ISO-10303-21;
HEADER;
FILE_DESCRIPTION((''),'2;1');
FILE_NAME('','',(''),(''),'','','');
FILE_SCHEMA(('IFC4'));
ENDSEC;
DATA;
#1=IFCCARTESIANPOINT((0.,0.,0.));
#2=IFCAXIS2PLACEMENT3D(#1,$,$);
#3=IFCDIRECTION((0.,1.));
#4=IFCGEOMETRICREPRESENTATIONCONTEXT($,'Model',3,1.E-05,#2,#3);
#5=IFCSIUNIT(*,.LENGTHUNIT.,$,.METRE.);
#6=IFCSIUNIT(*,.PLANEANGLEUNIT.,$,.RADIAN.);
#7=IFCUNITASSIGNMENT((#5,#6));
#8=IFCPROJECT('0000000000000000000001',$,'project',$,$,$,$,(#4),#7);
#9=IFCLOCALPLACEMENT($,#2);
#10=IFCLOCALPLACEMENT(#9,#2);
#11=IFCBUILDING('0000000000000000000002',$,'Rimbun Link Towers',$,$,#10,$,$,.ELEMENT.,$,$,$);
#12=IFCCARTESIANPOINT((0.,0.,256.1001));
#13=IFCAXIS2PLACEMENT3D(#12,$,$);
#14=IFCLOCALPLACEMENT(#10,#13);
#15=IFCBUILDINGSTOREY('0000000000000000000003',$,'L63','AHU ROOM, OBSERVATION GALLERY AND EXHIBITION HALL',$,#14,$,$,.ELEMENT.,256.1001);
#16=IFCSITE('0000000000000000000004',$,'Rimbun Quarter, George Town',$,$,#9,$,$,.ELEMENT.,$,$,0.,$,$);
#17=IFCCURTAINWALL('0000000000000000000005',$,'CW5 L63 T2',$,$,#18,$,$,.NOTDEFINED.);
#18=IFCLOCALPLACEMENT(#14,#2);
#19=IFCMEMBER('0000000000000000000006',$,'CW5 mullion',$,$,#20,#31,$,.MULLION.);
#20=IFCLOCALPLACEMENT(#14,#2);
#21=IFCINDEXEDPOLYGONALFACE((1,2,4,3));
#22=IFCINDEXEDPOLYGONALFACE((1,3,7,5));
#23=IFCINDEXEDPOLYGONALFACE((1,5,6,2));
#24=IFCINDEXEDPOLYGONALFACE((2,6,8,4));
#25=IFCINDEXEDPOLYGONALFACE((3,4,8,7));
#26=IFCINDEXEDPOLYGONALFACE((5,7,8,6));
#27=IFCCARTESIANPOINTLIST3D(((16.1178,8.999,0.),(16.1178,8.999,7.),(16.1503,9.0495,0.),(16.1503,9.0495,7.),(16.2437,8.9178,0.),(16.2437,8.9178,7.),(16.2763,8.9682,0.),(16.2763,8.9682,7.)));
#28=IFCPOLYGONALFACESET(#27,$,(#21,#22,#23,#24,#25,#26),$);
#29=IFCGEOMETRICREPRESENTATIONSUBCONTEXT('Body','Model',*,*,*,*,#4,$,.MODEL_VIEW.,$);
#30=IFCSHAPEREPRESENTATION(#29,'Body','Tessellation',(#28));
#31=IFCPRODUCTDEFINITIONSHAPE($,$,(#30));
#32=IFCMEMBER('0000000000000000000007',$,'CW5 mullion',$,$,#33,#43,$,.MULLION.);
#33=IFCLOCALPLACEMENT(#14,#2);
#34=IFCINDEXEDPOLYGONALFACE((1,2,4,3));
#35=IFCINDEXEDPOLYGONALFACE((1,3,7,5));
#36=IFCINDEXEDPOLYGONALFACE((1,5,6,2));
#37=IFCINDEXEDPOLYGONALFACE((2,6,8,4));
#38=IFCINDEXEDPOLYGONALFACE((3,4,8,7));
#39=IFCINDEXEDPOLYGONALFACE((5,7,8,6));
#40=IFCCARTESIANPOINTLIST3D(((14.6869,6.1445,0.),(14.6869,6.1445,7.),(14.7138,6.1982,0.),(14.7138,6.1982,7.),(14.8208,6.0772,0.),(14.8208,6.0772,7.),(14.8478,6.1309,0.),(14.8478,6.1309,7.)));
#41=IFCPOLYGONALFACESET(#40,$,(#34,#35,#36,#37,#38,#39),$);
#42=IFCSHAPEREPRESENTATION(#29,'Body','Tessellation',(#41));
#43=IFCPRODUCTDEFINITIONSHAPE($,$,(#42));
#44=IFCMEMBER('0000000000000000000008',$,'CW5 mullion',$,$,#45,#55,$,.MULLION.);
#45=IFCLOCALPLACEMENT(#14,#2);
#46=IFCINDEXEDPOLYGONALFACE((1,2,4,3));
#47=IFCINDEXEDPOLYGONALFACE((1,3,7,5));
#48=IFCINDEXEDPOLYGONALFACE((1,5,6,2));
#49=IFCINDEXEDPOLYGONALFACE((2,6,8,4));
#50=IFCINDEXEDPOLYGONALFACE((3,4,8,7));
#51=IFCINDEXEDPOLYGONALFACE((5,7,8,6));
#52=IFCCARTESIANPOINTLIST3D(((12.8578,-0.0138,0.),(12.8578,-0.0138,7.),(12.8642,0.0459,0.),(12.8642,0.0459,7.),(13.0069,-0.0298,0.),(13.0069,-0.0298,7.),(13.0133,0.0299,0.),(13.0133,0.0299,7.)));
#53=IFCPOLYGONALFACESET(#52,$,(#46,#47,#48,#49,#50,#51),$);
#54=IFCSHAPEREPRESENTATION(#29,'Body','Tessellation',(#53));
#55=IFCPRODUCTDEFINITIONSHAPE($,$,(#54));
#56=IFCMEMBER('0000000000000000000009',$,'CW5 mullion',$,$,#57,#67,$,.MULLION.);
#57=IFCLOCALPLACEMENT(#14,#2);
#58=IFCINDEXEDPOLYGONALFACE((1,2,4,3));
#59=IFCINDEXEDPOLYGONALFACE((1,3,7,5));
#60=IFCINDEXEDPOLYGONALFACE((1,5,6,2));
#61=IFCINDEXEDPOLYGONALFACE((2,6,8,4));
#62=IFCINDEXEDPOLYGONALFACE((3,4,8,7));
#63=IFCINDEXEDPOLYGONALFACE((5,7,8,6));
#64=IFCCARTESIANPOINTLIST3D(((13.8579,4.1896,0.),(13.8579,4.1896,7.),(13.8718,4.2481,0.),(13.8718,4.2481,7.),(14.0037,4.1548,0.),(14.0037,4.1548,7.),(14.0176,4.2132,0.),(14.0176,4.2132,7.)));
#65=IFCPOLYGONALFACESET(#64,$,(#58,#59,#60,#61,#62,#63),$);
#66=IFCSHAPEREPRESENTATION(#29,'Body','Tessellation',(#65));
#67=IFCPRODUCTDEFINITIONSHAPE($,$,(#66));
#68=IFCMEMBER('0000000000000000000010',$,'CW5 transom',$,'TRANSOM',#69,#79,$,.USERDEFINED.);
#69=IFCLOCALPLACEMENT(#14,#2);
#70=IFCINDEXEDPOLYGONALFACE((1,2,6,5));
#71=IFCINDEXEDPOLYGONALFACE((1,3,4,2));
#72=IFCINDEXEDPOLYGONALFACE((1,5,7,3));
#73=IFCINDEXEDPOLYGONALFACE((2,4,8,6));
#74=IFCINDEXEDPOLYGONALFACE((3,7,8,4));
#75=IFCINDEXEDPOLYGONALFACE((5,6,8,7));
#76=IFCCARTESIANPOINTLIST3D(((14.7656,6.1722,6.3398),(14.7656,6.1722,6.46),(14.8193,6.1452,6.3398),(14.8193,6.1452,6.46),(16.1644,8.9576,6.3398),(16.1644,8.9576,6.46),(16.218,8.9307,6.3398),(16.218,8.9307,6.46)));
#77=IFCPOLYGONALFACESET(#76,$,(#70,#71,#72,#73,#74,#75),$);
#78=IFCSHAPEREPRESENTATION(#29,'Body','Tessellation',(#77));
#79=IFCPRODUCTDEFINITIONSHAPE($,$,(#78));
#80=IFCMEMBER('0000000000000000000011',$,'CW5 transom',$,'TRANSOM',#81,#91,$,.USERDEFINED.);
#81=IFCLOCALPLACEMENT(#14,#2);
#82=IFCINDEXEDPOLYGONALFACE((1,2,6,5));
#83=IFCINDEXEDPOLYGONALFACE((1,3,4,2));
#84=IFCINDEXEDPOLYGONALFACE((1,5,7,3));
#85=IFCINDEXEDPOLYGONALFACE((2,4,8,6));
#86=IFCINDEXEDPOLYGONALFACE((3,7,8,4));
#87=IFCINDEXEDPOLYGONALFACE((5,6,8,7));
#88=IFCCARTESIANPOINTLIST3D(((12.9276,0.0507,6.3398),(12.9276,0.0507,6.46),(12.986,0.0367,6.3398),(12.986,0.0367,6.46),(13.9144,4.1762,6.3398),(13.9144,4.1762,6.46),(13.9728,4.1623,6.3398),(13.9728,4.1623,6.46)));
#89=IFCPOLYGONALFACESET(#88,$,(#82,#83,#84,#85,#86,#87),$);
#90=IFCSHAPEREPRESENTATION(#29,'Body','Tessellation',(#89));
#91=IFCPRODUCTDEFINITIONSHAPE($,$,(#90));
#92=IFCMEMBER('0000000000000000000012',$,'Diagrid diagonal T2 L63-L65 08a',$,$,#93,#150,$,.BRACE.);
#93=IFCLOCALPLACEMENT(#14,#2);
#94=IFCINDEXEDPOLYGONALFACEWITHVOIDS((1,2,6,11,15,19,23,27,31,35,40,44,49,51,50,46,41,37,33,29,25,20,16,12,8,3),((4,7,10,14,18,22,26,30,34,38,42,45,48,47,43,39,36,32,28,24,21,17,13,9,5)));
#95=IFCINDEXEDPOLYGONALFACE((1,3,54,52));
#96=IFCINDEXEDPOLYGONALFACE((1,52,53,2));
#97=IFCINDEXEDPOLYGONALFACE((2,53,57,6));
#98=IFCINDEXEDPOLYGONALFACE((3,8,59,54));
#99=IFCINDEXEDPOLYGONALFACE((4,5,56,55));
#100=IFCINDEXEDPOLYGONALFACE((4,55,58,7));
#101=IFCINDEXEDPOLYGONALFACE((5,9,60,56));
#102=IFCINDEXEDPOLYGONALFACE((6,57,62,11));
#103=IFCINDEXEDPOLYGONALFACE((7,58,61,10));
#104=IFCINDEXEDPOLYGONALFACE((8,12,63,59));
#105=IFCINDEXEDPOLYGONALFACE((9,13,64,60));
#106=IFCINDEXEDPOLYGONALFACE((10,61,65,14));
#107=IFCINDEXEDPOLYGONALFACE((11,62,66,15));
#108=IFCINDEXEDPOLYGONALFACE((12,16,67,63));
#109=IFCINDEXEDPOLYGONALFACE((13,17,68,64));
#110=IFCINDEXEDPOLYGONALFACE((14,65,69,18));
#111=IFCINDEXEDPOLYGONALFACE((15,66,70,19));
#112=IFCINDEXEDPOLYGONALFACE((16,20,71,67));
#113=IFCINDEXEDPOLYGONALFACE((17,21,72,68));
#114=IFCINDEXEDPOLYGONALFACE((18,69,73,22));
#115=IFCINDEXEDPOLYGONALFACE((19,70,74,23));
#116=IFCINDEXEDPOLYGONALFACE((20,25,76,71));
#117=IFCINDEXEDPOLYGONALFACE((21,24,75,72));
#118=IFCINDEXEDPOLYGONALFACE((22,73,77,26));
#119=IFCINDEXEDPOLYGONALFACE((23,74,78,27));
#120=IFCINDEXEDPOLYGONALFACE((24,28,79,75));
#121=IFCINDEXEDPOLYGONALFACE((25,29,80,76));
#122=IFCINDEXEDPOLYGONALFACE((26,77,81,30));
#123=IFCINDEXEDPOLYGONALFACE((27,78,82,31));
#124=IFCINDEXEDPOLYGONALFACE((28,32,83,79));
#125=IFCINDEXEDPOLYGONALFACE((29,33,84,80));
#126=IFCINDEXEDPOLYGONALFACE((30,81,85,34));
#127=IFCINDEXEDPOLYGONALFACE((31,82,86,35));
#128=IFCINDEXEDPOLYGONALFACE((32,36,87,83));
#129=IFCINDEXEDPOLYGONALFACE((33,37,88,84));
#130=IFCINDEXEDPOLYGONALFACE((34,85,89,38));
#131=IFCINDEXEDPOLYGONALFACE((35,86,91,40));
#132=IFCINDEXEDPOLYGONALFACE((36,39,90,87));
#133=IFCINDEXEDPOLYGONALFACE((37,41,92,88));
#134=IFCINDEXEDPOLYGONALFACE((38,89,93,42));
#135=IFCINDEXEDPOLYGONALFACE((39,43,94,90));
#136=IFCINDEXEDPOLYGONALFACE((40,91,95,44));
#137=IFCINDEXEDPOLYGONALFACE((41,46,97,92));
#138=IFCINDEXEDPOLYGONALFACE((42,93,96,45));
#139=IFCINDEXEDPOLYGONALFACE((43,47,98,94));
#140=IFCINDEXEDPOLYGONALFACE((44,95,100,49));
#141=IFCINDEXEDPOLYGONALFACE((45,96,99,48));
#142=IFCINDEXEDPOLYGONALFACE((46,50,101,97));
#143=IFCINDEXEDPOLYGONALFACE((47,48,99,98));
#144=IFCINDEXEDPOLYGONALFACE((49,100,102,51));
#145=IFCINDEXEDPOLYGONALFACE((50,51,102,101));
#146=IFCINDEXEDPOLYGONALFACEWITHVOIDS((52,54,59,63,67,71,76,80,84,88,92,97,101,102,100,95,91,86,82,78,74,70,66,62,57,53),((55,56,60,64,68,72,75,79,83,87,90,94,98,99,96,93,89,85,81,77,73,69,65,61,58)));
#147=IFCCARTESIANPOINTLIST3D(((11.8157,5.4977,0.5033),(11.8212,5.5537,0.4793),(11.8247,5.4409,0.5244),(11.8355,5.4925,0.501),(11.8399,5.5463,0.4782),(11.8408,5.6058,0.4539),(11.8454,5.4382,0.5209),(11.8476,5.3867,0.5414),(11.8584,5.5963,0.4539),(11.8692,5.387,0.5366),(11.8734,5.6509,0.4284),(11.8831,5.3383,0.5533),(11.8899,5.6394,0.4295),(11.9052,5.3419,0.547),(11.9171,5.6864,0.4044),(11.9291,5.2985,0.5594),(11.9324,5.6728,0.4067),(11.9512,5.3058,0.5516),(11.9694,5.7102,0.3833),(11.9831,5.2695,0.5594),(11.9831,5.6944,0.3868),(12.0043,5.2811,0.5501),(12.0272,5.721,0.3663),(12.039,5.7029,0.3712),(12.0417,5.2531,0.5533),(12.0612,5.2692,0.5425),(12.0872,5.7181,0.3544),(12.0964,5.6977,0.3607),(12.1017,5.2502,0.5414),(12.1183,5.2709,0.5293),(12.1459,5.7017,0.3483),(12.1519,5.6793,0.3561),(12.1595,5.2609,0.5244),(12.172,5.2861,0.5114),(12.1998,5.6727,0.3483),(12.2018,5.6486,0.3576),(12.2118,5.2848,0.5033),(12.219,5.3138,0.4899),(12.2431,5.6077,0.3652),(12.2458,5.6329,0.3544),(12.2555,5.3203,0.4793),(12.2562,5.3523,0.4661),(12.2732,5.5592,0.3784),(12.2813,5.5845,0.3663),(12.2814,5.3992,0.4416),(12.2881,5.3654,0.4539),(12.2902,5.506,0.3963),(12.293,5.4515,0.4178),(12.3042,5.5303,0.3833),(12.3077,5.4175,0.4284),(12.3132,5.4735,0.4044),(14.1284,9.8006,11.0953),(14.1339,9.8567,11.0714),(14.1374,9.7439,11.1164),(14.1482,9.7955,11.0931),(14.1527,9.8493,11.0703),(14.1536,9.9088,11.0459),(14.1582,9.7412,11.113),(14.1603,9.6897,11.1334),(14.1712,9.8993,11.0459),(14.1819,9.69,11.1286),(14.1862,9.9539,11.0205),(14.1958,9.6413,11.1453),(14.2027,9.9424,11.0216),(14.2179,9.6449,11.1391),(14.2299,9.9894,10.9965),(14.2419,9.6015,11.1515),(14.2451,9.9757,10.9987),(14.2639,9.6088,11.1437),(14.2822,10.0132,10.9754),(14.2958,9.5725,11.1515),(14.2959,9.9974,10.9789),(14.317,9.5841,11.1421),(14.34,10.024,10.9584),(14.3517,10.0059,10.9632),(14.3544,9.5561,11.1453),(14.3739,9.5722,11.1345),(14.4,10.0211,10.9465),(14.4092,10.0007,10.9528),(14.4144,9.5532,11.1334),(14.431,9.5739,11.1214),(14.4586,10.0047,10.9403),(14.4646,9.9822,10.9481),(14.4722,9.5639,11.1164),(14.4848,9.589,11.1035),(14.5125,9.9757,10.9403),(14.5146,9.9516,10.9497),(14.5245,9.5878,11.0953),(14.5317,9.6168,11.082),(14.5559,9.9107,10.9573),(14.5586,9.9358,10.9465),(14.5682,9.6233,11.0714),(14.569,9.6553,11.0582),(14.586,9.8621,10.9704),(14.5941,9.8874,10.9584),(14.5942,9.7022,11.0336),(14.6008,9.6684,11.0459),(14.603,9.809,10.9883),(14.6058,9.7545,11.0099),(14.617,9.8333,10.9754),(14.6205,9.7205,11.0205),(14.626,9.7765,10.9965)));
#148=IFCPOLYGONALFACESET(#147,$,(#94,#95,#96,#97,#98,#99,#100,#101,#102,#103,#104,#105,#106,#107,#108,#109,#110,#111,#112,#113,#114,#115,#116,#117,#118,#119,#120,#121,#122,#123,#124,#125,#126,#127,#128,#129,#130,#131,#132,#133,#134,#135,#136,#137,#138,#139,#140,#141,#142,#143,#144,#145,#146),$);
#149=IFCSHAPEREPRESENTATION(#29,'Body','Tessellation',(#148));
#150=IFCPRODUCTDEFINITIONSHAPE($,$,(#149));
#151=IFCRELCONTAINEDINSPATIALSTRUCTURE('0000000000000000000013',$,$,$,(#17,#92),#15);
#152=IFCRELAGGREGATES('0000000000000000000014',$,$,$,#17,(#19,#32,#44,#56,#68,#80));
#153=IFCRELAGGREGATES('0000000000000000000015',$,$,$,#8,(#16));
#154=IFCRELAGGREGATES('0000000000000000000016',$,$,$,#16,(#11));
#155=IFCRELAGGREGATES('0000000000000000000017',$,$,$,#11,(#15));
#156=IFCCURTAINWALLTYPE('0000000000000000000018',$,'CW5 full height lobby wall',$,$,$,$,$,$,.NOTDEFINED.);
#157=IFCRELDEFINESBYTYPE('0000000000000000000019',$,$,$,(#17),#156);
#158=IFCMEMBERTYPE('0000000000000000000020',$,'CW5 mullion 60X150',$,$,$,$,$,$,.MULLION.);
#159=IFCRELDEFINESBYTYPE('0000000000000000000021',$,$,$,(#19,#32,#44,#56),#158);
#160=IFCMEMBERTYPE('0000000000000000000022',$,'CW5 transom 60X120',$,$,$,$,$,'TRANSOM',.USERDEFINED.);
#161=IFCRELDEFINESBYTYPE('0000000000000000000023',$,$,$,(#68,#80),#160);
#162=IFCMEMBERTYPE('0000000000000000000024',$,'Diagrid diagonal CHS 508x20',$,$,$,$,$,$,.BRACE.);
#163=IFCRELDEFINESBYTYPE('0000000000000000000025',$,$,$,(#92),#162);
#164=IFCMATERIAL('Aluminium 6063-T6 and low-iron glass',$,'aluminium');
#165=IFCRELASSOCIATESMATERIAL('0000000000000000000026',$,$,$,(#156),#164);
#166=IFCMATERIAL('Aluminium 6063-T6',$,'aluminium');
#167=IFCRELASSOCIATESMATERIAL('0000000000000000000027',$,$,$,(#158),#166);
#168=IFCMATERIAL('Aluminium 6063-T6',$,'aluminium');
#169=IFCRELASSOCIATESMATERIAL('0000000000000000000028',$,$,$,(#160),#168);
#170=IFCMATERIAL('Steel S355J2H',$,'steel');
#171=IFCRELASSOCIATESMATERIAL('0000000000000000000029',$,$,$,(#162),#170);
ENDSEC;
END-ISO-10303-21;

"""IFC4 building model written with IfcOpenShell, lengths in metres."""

from ifc_helpers import new_model, si_unit, direction, frame, origin, origin_2d, place, context, subcontext, project, spatial, rectangle, hollow_circle, extrude, material, material_profile, profile_set, type_object, element, aggregate, save


model = new_model("IFC4")

# Units and contexts
model_context = context("Model", 3, precision=1e-05, world=origin(), true_north=direction((0.0, 1.0)))
body_context = subcontext(model_context, "Body", "Model", "MODEL_VIEW")
ifc_project = project(units=[si_unit("LENGTHUNIT", "METRE"), si_unit("PLANEANGLEUNIT", "RADIAN")], contexts=[model_context])

# Site, building, storey
site_placement = place(None, origin())
site = spatial("IfcSite", under=ifc_project, at=site_placement, Name="Rimbun Quarter, George Town", CompositionType="ELEMENT", RefElevation=0.0)
building_placement = place(site_placement, origin())
building = spatial("IfcBuilding", under=site, at=building_placement, Name="Rimbun Link Towers", CompositionType="ELEMENT")
storey_placement = place(building_placement, frame((0.0, 0.0, 256.1001)))
storey = spatial("IfcBuildingStorey", under=building, at=storey_placement, Name="L63", Description="AHU ROOM, OBSERVATION GALLERY AND EXHIBITION HALL", CompositionType="ELEMENT", Elevation=256.1001)

# Curtain wall, members
ifc_material_1 = material(Name="Aluminium 6063-T6 and low-iron glass", Category="aluminium")
curtain_wall_type = type_object("IfcCurtainWallType", Name="CW5 full height lobby wall", PredefinedType="NOTDEFINED", material=ifc_material_1)
curtain_wall_placement = place(storey_placement, origin())
curtain_wall = element("IfcCurtainWall", 1, at=curtain_wall_placement, inside=storey, type_object=curtain_wall_type, Name="CW5 L63 T2", PredefinedType="NOTDEFINED")
ifc_material_2 = material(Name="Aluminium 6063-T6", Category="aluminium")
ifc_material_profile_1 = material_profile(ifc_material_2, rectangle(XDim=0.1499, YDim=0.0601, at=origin_2d()), Name="MULLION 60X150")
ifc_profile_set_1 = profile_set([ifc_material_profile_1], Name="Aluminium 6063-T6")
member_type_1 = type_object("IfcMemberType", Name="CW5 mullion 60X150", PredefinedType="MULLION", material=ifc_profile_set_1)
member_1_placement = place(storey_placement, frame((16.197, 8.9836, 0.0), z_axis=(0.0, 0.0, 1.0), x_axis=(-0.840317, 0.542096, 0.0)))
member_1 = element("IfcMember", 2, at=member_1_placement, type_object=member_type_1, Name="CW5 mullion", PredefinedType="MULLION", context=body_context, shape_type="SweptSolid", body=[
    extrude(rectangle(XDim=0.1499, YDim=0.0601, at=origin_2d()), origin(), (0.0, 0.0, 1.0), 7.0),
])
member_2_placement = place(storey_placement, frame((14.7673, 6.1377, 0.0), z_axis=(0.0, 0.0, 1.0), x_axis=(-0.893639, 0.448787, 0.0)))
member_2 = element("IfcMember", 3, at=member_2_placement, type_object=member_type_1, Name="CW5 mullion", PredefinedType="MULLION", context=body_context, shape_type="SweptSolid", body=[
    extrude(rectangle(XDim=0.1499, YDim=0.0601, at=origin_2d()), origin(), (0.0, 0.0, 1.0), 7.0),
])
member_3_placement = place(storey_placement, frame((12.9355, 0.0081, 0.0), z_axis=(0.0, 0.0, 1.0), x_axis=(-0.994297, 0.106642, 0.0)))
member_3 = element("IfcMember", 4, at=member_3_placement, type_object=member_type_1, Name="CW5 mullion", PredefinedType="MULLION", context=body_context, shape_type="SweptSolid", body=[
    extrude(rectangle(XDim=0.1499, YDim=0.0601, at=origin_2d()), origin(), (0.0, 0.0, 1.0), 7.0),
])
member_4_placement = place(storey_placement, frame((13.9377, 4.2014, 0.0), z_axis=(0.0, 0.0, 1.0), x_axis=(-0.972571, 0.232606, 0.0)))
member_4 = element("IfcMember", 5, at=member_4_placement, type_object=member_type_1, Name="CW5 mullion", PredefinedType="MULLION", context=body_context, shape_type="SweptSolid", body=[
    extrude(rectangle(XDim=0.1499, YDim=0.0601, at=origin_2d()), origin(), (0.0, 0.0, 1.0), 7.0),
])
ifc_material_3 = material(Name="Aluminium 6063-T6", Category="aluminium")
ifc_material_profile_2 = material_profile(ifc_material_3, rectangle(XDim=0.0601, YDim=0.1201, at=origin_2d()), Name="TRANSOM 60X120")
ifc_profile_set_2 = profile_set([ifc_material_profile_2], Name="Aluminium 6063-T6")
member_type_2 = type_object("IfcMemberType", Name="CW5 transom 60X120", ElementType="TRANSOM", PredefinedType="USERDEFINED", material=ifc_profile_set_2)
member_5_placement = place(storey_placement, frame((14.7925, 6.1587, 6.3999), z_axis=(0.448748, 0.893658, 0.0), x_axis=(-0.893658, 0.448748, 0.0)))
member_5 = element("IfcMember", 6, at=member_5_placement, type_object=member_type_2, Name="CW5 transom", ObjectType="TRANSOM", PredefinedType="USERDEFINED", context=body_context, shape_type="SweptSolid", body=[
    extrude(rectangle(XDim=0.0601, YDim=0.1201, at=origin_2d()), origin(), (0.0, 0.0, 1.0), 3.1169),
])
member_6_placement = place(storey_placement, frame((12.9568, 0.0437, 6.3999), z_axis=(0.232637, 0.972564, 0.0), x_axis=(-0.972564, 0.232637, 0.0)))
member_6 = element("IfcMember", 7, at=member_6_placement, type_object=member_type_2, Name="CW5 transom", ObjectType="TRANSOM", PredefinedType="USERDEFINED", context=body_context, shape_type="SweptSolid", body=[
    extrude(rectangle(XDim=0.0601, YDim=0.1201, at=origin_2d()), origin(), (0.0, 0.0, 1.0), 4.2419),
])

# Member
ifc_material_4 = material(Name="Steel S355J2H", Category="steel")
ifc_material_profile_3 = material_profile(ifc_material_4, hollow_circle(Radius=0.2539, WallThickness=0.02, at=origin_2d()), Name="Diagrid diagonal CHS 508x20")
ifc_profile_set_3 = profile_set([ifc_material_profile_3], Name="Steel S355J2H")
member_type_3 = type_object("IfcMemberType", Name="Diagrid diagonal CHS 508x20", PredefinedType="BRACE", material=ifc_profile_set_3)
member_7_placement = place(storey_placement, frame((12.0645, 5.4856, 0.4539), z_axis=(0.198276, 0.368902, 0.908074), x_axis=(-0.880834, 0.473426, 0.0)))
element("IfcMember", 8, at=member_7_placement, inside=storey, type_object=member_type_3, Name="Diagrid diagonal T2 L63-L65 08a", PredefinedType="BRACE", context=body_context, shape_type="SweptSolid", body=[
    extrude(hollow_circle(Radius=0.2539, WallThickness=0.02, at=origin_2d()), origin(), (0.0, 0.0, 1.0), 11.6643),
])

aggregate(curtain_wall, [member_1, member_2, member_3, member_4, member_5, member_6])

save(model, "model.ifc")
